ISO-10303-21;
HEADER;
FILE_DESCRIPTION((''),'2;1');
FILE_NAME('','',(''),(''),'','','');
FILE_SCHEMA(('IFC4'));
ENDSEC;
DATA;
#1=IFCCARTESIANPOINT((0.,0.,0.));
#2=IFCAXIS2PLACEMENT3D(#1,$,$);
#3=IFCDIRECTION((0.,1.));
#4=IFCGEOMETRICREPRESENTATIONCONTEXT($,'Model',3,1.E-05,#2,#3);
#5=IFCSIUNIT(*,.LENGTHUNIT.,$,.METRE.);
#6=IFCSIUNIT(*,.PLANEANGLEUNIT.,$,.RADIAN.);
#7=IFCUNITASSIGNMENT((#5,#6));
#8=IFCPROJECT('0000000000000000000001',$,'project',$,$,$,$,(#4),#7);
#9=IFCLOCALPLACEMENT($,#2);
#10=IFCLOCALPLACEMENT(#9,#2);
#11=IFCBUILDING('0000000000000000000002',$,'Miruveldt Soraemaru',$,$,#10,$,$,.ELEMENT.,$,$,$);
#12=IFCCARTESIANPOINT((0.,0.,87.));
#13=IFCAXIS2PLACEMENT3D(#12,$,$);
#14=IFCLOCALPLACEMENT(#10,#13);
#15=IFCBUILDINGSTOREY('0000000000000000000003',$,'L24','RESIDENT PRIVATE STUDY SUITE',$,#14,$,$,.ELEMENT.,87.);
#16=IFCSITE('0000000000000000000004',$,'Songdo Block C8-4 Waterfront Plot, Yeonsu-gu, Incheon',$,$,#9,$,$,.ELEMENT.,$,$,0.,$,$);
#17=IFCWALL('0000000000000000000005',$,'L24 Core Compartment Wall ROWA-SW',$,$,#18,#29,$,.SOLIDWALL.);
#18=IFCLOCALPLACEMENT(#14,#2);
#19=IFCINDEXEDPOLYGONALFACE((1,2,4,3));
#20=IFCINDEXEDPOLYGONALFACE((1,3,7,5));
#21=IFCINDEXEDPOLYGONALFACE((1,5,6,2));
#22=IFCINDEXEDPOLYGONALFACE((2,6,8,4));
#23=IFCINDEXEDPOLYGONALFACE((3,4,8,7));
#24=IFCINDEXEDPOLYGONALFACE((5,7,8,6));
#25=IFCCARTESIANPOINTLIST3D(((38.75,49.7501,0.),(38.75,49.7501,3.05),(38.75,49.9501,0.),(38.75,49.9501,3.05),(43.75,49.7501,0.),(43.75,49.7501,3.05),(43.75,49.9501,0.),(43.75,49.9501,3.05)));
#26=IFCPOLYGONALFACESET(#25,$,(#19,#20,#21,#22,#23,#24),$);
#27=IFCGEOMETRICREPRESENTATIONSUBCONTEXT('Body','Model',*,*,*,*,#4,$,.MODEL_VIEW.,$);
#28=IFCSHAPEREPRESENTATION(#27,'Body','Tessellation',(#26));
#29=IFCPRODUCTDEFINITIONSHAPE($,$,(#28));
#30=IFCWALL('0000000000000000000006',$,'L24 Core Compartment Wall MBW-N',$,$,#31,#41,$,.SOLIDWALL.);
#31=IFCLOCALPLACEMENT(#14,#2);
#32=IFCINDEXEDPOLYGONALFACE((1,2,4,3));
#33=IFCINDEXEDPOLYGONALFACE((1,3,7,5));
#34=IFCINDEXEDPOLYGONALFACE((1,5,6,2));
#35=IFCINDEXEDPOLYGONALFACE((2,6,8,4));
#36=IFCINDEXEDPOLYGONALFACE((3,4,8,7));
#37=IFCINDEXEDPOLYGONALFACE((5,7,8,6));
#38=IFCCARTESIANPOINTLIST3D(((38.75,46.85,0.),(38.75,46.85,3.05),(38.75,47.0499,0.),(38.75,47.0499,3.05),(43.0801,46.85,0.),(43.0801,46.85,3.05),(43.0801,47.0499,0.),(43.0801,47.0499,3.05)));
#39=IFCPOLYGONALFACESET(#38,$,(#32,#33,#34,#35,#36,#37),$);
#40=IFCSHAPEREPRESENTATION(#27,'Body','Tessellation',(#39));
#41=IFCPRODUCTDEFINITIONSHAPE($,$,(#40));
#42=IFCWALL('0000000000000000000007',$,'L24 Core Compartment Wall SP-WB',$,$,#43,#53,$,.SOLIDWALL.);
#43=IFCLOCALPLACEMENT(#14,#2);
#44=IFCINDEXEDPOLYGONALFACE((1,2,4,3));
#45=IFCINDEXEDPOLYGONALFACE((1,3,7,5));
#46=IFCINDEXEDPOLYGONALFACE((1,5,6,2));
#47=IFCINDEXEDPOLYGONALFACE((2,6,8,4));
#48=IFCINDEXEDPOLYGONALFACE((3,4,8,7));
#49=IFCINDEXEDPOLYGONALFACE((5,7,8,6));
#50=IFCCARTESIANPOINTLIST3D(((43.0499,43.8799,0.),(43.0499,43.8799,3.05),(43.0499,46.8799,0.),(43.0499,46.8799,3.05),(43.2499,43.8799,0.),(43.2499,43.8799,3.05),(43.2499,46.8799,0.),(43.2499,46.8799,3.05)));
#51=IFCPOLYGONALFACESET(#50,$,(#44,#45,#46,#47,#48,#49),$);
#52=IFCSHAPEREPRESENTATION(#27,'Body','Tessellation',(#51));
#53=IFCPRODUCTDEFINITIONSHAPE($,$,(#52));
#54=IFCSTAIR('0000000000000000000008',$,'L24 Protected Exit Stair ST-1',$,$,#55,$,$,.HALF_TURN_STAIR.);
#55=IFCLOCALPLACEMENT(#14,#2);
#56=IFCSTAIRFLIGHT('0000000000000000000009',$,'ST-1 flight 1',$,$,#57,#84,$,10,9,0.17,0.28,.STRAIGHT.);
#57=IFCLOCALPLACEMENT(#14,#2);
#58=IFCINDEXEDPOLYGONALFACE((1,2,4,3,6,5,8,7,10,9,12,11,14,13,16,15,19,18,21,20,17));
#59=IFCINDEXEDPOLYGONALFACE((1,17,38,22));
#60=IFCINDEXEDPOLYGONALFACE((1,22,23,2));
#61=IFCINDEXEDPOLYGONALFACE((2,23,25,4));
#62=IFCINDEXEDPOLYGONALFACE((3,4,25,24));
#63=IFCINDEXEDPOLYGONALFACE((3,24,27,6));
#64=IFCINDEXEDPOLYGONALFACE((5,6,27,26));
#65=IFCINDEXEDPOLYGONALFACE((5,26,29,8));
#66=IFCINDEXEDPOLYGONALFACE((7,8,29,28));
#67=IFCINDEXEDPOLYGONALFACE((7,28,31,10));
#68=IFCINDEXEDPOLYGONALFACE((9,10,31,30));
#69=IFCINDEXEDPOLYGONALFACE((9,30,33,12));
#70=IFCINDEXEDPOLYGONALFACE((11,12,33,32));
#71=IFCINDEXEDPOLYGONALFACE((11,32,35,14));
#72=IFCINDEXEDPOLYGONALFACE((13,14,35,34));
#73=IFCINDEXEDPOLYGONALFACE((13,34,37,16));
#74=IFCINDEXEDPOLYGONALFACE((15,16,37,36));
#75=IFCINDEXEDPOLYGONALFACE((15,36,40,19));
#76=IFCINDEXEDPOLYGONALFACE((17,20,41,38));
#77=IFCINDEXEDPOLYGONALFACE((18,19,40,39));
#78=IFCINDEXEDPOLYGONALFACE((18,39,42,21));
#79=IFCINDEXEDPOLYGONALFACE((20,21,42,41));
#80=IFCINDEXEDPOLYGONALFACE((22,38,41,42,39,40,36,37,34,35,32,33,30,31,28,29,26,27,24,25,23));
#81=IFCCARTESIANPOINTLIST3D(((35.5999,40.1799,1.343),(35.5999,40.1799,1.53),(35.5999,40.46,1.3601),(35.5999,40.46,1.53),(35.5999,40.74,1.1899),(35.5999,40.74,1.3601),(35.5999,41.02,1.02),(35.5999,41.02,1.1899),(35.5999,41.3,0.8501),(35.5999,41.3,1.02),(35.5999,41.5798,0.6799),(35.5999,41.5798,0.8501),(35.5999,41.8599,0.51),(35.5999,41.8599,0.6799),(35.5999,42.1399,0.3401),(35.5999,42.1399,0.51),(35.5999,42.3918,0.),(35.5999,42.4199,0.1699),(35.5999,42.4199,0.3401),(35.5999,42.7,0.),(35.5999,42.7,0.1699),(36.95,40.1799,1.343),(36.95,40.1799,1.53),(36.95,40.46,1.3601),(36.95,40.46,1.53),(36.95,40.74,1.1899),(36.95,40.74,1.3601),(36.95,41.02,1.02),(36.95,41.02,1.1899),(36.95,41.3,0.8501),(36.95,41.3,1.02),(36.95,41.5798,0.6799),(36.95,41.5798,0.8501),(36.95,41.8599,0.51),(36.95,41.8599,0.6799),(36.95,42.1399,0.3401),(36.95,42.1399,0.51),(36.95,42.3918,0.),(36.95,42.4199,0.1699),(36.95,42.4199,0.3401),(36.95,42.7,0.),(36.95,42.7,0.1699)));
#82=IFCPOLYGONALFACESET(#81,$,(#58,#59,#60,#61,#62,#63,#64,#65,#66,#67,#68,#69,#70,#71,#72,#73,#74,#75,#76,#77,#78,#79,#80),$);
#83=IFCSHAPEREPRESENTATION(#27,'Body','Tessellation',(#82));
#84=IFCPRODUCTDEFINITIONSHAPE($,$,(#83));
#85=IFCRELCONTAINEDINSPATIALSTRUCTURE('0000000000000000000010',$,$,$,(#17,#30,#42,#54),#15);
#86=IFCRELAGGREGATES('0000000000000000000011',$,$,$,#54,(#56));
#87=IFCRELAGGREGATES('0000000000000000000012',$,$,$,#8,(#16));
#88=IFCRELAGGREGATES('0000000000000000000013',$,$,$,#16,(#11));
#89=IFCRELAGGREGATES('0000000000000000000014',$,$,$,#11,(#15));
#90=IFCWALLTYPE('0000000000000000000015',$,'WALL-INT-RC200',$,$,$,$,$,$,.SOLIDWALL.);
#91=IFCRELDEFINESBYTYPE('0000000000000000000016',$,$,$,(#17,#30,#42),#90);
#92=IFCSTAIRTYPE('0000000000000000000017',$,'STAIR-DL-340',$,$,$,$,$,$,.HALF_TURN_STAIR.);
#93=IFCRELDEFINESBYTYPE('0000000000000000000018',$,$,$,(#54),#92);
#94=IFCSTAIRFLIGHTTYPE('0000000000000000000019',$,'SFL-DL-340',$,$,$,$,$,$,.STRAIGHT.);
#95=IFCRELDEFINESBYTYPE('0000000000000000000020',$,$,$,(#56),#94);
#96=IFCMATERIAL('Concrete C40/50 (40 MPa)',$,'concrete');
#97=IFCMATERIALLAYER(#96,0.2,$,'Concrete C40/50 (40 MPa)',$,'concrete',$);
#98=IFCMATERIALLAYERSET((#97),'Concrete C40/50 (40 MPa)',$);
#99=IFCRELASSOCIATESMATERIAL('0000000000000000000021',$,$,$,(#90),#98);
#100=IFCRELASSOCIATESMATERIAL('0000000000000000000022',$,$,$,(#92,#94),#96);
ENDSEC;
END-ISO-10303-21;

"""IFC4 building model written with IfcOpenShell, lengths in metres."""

from ifc_helpers import new_model, si_unit, direction, frame, frame_2d, origin, place, context, subcontext, project, spatial, polyline, rectangle, outline, extrude, material, layer, layer_set, type_object, element, aggregate, save


model = new_model("IFC4")

# Units and contexts
model_context = context("Model", 3, precision=1e-05, world=origin(), true_north=direction((0.0, 1.0)))
body_context = subcontext(model_context, "Body", "Model", "MODEL_VIEW")
ifc_project = project(units=[si_unit("LENGTHUNIT", "METRE"), si_unit("PLANEANGLEUNIT", "RADIAN")], contexts=[model_context])

# Site, building, storey
site_placement = place(None, origin())
site = spatial("IfcSite", under=ifc_project, at=site_placement, Name="Songdo Block C8-4 Waterfront Plot, Yeonsu-gu, Incheon", CompositionType="ELEMENT", RefElevation=0.0)
building_placement = place(site_placement, origin())
building = spatial("IfcBuilding", under=site, at=building_placement, Name="Miruveldt Soraemaru", CompositionType="ELEMENT")
storey_placement = place(building_placement, frame((0.0, 0.0, 87.0)))
storey = spatial("IfcBuildingStorey", under=building, at=storey_placement, Name="L24", Description="RESIDENT PRIVATE STUDY SUITE", CompositionType="ELEMENT", Elevation=87.0)

# Shared definitions
ifc_material_1 = material(Name="Concrete C40/50 (40 MPa)", Category="concrete")

# Shared definitions
ifc_layer_1 = layer(ifc_material_1, 0.2, Name="Concrete C40/50 (40 MPa)", Category="concrete")
ifc_layer_set_1 = layer_set([ifc_layer_1], Name="Concrete C40/50 (40 MPa)")
wall_type_1 = type_object("IfcWallType", Name="WALL-INT-RC200", PredefinedType="SOLIDWALL", material=ifc_layer_set_1)

# Walls
wall_1_placement = place(storey_placement, frame((38.75, 49.8501, 0.0), z_axis=(0.0, 0.0, 1.0), x_axis=(1.0, 0.0, 0.0)))
element("IfcWall", 1, at=wall_1_placement, inside=storey, type_object=wall_type_1, Name="L24 Core Compartment Wall ROWA-SW", PredefinedType="SOLIDWALL", context=body_context, shape_type="SweptSolid", body=[
    extrude(rectangle(XDim=5.0, YDim=0.2, at=frame_2d((2.5, 0.0))), origin(), (0.0, 0.0, 1.0), 3.05),
])
wall_2_placement = place(storey_placement, frame((38.75, 46.95, 0.0), z_axis=(0.0, 0.0, 1.0), x_axis=(1.0, 0.0, 0.0)))
element("IfcWall", 2, at=wall_2_placement, inside=storey, type_object=wall_type_1, Name="L24 Core Compartment Wall MBW-N", PredefinedType="SOLIDWALL", context=body_context, shape_type="SweptSolid", body=[
    extrude(rectangle(XDim=4.3301, YDim=0.2, at=frame_2d((2.165, 0.0))), origin(), (0.0, 0.0, 1.0), 3.05),
])
wall_3_placement = place(storey_placement, frame((43.1499, 43.8799, 0.0), z_axis=(0.0, 0.0, 1.0), x_axis=(0.0, 1.0, 0.0)))
element("IfcWall", 3, at=wall_3_placement, inside=storey, type_object=wall_type_1, Name="L24 Core Compartment Wall SP-WB", PredefinedType="SOLIDWALL", context=body_context, shape_type="SweptSolid", body=[
    extrude(rectangle(XDim=3.0, YDim=0.2, at=frame_2d((1.5, 0.0))), origin(), (0.0, 0.0, 1.0), 3.05),
])

# Stair, stair flight
stair_type = type_object("IfcStairType", Name="STAIR-DL-340", PredefinedType="HALF_TURN_STAIR", material=ifc_material_1)
stair_placement = place(storey_placement, origin())
stair = element("IfcStair", 4, at=stair_placement, inside=storey, type_object=stair_type, Name="L24 Protected Exit Stair ST-1", PredefinedType="HALF_TURN_STAIR")
stair_flight_type = type_object("IfcStairFlightType", Name="SFL-DL-340", PredefinedType="STRAIGHT", material=ifc_material_1)
stair_flight_placement = place(storey_placement, frame((36.2749, 42.7, 0.0), z_axis=(0.0, 0.0, 1.0), x_axis=(0.0, -1.0, 0.0)))
stair_flight = element("IfcStairFlight", 5, at=stair_flight_placement, type_object=stair_flight_type, Name="ST-1 flight 1", NumberOfRisers=10, NumberOfTreads=9, PredefinedType="STRAIGHT", RiserHeight=0.17, TreadLength=0.28, context=body_context, shape_type="SweptSolid", body=[
    extrude(outline(polyline([(0.0, 0.0), (0.0, 0.1699), (0.28, 0.1699), (0.28, 0.3401), (0.5601, 0.3401), (0.5601, 0.51), (0.8401, 0.51), (0.8401, 0.6799), (1.1201, 0.6799), (1.1201, 0.8501), (1.3999, 0.8501), (1.3999, 1.02), (1.6799, 1.02), (1.6799, 1.1899), (1.96, 1.1899), (1.96, 1.3601), (2.24, 1.3601), (2.24, 1.53), (2.52, 1.53), (2.52, 1.7), (2.52, 1.343), (0.3081, 0.0), (0.0, 0.0)])), frame((0.0, 0.675, 0.0), z_axis=(0.0, -1.0, 0.0), x_axis=(1.0, 0.0, 0.0)), (0.0, 0.0, 1.0), 1.3501),
])
aggregate(stair, [stair_flight])

save(model, "model.ifc")
